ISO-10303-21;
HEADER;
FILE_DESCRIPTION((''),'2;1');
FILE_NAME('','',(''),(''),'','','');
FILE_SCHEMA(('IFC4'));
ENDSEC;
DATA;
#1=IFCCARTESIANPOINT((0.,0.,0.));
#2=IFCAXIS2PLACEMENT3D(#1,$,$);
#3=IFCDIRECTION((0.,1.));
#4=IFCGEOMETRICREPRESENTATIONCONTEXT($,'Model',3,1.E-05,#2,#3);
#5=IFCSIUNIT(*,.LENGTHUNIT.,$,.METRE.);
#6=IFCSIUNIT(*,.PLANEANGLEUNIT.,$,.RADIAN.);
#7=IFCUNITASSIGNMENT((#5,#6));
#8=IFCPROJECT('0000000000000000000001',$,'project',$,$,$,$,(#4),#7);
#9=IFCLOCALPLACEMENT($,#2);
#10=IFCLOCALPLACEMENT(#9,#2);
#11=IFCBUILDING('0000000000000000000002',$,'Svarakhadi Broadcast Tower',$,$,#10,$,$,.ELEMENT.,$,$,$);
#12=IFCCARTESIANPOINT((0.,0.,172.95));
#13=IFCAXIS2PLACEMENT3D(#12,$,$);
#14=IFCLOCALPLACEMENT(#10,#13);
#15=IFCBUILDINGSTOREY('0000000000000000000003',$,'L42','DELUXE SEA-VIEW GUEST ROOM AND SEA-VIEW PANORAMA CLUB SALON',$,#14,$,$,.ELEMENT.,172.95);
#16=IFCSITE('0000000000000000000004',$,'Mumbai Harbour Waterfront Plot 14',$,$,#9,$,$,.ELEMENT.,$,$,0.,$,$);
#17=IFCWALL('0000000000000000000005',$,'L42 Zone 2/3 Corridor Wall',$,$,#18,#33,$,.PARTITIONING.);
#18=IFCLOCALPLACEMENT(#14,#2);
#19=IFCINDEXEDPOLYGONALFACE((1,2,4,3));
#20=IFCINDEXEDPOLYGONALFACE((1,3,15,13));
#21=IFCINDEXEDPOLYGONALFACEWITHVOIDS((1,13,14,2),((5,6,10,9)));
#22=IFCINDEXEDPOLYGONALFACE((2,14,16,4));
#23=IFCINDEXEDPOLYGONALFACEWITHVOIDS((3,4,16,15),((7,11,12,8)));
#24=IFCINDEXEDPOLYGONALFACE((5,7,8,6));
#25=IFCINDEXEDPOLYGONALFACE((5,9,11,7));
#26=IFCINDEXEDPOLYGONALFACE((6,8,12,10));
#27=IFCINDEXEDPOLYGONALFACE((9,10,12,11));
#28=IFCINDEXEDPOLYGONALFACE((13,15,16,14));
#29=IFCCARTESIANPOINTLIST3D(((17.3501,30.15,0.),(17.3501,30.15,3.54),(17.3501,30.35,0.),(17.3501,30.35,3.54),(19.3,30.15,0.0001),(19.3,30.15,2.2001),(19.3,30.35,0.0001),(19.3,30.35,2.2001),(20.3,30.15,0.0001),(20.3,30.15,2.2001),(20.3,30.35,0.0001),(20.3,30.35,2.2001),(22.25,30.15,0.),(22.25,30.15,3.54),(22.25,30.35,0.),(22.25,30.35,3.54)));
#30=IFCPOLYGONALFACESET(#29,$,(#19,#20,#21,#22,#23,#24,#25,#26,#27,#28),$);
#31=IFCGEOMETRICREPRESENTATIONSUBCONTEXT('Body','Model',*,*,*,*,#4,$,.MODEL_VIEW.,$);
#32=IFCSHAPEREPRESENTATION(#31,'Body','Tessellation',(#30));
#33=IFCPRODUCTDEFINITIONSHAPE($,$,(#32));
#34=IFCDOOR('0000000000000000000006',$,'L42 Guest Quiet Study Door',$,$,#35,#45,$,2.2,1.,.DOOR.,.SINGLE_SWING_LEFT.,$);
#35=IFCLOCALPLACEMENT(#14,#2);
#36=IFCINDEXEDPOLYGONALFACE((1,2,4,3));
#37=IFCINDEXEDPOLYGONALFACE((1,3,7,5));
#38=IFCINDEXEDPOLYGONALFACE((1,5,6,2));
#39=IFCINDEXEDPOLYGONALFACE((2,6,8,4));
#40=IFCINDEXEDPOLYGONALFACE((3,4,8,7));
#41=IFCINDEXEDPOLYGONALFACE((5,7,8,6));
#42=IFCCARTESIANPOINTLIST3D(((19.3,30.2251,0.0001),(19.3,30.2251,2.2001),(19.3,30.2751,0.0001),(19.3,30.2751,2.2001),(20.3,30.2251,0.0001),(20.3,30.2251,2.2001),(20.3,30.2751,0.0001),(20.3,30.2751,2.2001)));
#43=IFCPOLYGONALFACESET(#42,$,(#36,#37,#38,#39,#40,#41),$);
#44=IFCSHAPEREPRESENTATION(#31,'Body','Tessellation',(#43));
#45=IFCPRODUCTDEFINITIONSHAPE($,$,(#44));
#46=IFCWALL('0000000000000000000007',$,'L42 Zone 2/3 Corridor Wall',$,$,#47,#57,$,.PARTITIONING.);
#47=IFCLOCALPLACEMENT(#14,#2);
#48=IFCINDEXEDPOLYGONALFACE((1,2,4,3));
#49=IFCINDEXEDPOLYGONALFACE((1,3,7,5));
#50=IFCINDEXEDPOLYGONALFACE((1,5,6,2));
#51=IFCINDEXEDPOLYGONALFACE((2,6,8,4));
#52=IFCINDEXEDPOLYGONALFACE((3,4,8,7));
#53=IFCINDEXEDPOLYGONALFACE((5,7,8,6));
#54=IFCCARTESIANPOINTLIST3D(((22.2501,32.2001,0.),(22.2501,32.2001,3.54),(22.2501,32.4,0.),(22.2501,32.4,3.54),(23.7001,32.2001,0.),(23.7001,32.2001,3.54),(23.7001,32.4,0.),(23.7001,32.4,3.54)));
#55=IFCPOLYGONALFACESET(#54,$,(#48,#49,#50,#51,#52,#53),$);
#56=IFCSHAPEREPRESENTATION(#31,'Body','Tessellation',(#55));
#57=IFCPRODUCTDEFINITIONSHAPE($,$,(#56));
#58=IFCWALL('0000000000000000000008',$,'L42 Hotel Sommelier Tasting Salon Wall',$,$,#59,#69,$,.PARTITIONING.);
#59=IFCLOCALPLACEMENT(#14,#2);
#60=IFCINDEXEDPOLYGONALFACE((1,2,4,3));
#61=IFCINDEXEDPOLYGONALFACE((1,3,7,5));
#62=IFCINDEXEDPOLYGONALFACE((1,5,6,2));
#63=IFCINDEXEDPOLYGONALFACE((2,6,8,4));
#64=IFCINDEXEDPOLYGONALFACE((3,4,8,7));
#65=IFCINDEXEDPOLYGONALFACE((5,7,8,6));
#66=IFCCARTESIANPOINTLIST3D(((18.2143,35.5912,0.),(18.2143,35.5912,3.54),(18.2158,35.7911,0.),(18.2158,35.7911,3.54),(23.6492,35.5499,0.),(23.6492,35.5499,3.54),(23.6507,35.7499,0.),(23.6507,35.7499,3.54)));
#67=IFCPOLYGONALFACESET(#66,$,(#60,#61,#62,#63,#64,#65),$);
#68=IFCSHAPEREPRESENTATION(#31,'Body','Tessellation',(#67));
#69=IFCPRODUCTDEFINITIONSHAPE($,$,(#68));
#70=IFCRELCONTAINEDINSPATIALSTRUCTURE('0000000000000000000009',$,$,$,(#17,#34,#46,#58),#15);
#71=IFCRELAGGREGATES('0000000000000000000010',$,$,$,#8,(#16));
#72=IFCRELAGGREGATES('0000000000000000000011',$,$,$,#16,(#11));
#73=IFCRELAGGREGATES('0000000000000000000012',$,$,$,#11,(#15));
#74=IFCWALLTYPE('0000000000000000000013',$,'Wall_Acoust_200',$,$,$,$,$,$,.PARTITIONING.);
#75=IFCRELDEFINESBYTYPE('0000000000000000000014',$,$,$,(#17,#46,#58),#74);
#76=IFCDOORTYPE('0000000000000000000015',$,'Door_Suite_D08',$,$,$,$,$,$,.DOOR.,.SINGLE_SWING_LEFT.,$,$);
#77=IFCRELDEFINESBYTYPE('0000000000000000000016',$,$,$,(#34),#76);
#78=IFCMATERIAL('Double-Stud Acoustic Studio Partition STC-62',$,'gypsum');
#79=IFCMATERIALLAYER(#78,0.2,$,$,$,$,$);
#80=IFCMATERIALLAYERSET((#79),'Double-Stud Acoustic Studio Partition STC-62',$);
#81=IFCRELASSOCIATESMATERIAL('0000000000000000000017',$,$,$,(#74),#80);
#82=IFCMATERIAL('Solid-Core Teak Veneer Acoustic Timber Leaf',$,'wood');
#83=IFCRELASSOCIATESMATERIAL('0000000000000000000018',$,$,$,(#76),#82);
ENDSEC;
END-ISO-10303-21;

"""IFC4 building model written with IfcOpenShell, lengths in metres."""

from ifc_helpers import new_model, si_unit, direction, frame, frame_2d, origin, place, context, subcontext, project, spatial, rectangle, extrude, material, layer, layer_set, type_object, element, fill, save


model = new_model("IFC4")

# Units and contexts
model_context = context("Model", 3, precision=1e-05, world=origin(), true_north=direction((0.0, 1.0)))
body_context = subcontext(model_context, "Body", "Model", "MODEL_VIEW")
ifc_project = project(units=[si_unit("LENGTHUNIT", "METRE"), si_unit("PLANEANGLEUNIT", "RADIAN")], contexts=[model_context])

# Site, building, storey
site_placement = place(None, origin())
site = spatial("IfcSite", under=ifc_project, at=site_placement, Name="Mumbai Harbour Waterfront Plot 14", CompositionType="ELEMENT", RefElevation=0.0)
building_placement = place(site_placement, origin())
building = spatial("IfcBuilding", under=site, at=building_placement, Name="Svarakhadi Broadcast Tower", CompositionType="ELEMENT")
storey_placement = place(building_placement, frame((0.0, 0.0, 172.95)))
storey = spatial("IfcBuildingStorey", under=building, at=storey_placement, Name="L42", Description="DELUXE SEA-VIEW GUEST ROOM AND SEA-VIEW PANORAMA CLUB SALON", CompositionType="ELEMENT", Elevation=172.95)

# Wall, opening, door
ifc_material_1 = material(Name="Double-Stud Acoustic Studio Partition STC-62", Category="gypsum")
ifc_layer_1 = layer(ifc_material_1, 0.2)
ifc_layer_set_1 = layer_set([ifc_layer_1], Name="Double-Stud Acoustic Studio Partition STC-62")
wall_type = type_object("IfcWallType", Name="Wall_Acoust_200", PredefinedType="PARTITIONING", material=ifc_layer_set_1)
wall_1_placement = place(storey_placement, frame((22.25, 30.25, 0.0), z_axis=(0.0, 0.0, 1.0), x_axis=(-1.0, 0.0, 0.0)))
wall_1 = element("IfcWall", 1, at=wall_1_placement, inside=storey, type_object=wall_type, Name="L42 Zone 2/3 Corridor Wall", PredefinedType="PARTITIONING", context=body_context, shape_type="SweptSolid", body=[
    extrude(rectangle(XDim=4.8999, YDim=0.2, at=frame_2d((2.45, 0.0))), origin(), (0.0, 0.0, 1.0), 3.54),
])
opening_placement = place(wall_1_placement, frame((1.95, 0.0, 0.0)))
opening = element("IfcOpeningElement", 2, at=opening_placement, cuts=wall_1, PredefinedType="OPENING", context=body_context, shape_type="SweptSolid", body=[
    extrude(rectangle(XDim=1.0, YDim=2.2, at=frame_2d((0.5, 1.1001))), frame((0.0, 0.1099, 0.0), z_axis=(0.0, -1.0, 0.0), x_axis=(1.0, 0.0, 0.0)), (0.0, 0.0, 1.0), 0.22),
])
ifc_material_2 = material(Name="Solid-Core Teak Veneer Acoustic Timber Leaf", Category="wood")
door_type = type_object("IfcDoorType", Name="Door_Suite_D08", OperationType="SINGLE_SWING_LEFT", PredefinedType="DOOR", material=ifc_material_2)
door_placement = place(opening_placement, origin())
door = element("IfcDoor", 3, at=door_placement, inside=storey, type_object=door_type, Name="L42 Guest Quiet Study Door", OperationType="SINGLE_SWING_LEFT", OverallHeight=2.2, OverallWidth=1.0, PredefinedType="DOOR", context=body_context, shape_type="SweptSolid", body=[
    extrude(rectangle(XDim=1.0, YDim=2.2, at=frame_2d((0.5, 1.1001))), frame((0.0, 0.0249, 0.0), z_axis=(0.0, -1.0, 0.0), x_axis=(1.0, 0.0, 0.0)), (0.0, 0.0, 1.0), 0.05),
])
fill(opening, door)

# Walls
wall_2_placement = place(storey_placement, frame((22.25, 32.3, 0.0), z_axis=(0.0, 0.0, 1.0), x_axis=(1.0, 0.0, 0.0)))
element("IfcWall", 4, at=wall_2_placement, inside=storey, type_object=wall_type, Name="L42 Zone 2/3 Corridor Wall", PredefinedType="PARTITIONING", context=body_context, shape_type="SweptSolid", body=[
    extrude(rectangle(XDim=1.45, YDim=0.2, at=frame_2d((0.7251, 0.0))), origin(), (0.0, 0.0, 1.0), 3.54),
])
wall_3_placement = place(storey_placement, frame((18.2151, 35.6912, 0.0), z_axis=(0.0, 0.0, 1.0), x_axis=(0.999971, -0.007592, 0.0)))
element("IfcWall", 5, at=wall_3_placement, inside=storey, type_object=wall_type, Name="L42 Hotel Sommelier Tasting Salon Wall", PredefinedType="PARTITIONING", context=body_context, shape_type="SweptSolid", body=[
    extrude(rectangle(XDim=5.4351, YDim=0.2, at=frame_2d((2.7175, 0.0))), origin(), (0.0, 0.0, 1.0), 3.54),
])

save(model, "model.ifc")
